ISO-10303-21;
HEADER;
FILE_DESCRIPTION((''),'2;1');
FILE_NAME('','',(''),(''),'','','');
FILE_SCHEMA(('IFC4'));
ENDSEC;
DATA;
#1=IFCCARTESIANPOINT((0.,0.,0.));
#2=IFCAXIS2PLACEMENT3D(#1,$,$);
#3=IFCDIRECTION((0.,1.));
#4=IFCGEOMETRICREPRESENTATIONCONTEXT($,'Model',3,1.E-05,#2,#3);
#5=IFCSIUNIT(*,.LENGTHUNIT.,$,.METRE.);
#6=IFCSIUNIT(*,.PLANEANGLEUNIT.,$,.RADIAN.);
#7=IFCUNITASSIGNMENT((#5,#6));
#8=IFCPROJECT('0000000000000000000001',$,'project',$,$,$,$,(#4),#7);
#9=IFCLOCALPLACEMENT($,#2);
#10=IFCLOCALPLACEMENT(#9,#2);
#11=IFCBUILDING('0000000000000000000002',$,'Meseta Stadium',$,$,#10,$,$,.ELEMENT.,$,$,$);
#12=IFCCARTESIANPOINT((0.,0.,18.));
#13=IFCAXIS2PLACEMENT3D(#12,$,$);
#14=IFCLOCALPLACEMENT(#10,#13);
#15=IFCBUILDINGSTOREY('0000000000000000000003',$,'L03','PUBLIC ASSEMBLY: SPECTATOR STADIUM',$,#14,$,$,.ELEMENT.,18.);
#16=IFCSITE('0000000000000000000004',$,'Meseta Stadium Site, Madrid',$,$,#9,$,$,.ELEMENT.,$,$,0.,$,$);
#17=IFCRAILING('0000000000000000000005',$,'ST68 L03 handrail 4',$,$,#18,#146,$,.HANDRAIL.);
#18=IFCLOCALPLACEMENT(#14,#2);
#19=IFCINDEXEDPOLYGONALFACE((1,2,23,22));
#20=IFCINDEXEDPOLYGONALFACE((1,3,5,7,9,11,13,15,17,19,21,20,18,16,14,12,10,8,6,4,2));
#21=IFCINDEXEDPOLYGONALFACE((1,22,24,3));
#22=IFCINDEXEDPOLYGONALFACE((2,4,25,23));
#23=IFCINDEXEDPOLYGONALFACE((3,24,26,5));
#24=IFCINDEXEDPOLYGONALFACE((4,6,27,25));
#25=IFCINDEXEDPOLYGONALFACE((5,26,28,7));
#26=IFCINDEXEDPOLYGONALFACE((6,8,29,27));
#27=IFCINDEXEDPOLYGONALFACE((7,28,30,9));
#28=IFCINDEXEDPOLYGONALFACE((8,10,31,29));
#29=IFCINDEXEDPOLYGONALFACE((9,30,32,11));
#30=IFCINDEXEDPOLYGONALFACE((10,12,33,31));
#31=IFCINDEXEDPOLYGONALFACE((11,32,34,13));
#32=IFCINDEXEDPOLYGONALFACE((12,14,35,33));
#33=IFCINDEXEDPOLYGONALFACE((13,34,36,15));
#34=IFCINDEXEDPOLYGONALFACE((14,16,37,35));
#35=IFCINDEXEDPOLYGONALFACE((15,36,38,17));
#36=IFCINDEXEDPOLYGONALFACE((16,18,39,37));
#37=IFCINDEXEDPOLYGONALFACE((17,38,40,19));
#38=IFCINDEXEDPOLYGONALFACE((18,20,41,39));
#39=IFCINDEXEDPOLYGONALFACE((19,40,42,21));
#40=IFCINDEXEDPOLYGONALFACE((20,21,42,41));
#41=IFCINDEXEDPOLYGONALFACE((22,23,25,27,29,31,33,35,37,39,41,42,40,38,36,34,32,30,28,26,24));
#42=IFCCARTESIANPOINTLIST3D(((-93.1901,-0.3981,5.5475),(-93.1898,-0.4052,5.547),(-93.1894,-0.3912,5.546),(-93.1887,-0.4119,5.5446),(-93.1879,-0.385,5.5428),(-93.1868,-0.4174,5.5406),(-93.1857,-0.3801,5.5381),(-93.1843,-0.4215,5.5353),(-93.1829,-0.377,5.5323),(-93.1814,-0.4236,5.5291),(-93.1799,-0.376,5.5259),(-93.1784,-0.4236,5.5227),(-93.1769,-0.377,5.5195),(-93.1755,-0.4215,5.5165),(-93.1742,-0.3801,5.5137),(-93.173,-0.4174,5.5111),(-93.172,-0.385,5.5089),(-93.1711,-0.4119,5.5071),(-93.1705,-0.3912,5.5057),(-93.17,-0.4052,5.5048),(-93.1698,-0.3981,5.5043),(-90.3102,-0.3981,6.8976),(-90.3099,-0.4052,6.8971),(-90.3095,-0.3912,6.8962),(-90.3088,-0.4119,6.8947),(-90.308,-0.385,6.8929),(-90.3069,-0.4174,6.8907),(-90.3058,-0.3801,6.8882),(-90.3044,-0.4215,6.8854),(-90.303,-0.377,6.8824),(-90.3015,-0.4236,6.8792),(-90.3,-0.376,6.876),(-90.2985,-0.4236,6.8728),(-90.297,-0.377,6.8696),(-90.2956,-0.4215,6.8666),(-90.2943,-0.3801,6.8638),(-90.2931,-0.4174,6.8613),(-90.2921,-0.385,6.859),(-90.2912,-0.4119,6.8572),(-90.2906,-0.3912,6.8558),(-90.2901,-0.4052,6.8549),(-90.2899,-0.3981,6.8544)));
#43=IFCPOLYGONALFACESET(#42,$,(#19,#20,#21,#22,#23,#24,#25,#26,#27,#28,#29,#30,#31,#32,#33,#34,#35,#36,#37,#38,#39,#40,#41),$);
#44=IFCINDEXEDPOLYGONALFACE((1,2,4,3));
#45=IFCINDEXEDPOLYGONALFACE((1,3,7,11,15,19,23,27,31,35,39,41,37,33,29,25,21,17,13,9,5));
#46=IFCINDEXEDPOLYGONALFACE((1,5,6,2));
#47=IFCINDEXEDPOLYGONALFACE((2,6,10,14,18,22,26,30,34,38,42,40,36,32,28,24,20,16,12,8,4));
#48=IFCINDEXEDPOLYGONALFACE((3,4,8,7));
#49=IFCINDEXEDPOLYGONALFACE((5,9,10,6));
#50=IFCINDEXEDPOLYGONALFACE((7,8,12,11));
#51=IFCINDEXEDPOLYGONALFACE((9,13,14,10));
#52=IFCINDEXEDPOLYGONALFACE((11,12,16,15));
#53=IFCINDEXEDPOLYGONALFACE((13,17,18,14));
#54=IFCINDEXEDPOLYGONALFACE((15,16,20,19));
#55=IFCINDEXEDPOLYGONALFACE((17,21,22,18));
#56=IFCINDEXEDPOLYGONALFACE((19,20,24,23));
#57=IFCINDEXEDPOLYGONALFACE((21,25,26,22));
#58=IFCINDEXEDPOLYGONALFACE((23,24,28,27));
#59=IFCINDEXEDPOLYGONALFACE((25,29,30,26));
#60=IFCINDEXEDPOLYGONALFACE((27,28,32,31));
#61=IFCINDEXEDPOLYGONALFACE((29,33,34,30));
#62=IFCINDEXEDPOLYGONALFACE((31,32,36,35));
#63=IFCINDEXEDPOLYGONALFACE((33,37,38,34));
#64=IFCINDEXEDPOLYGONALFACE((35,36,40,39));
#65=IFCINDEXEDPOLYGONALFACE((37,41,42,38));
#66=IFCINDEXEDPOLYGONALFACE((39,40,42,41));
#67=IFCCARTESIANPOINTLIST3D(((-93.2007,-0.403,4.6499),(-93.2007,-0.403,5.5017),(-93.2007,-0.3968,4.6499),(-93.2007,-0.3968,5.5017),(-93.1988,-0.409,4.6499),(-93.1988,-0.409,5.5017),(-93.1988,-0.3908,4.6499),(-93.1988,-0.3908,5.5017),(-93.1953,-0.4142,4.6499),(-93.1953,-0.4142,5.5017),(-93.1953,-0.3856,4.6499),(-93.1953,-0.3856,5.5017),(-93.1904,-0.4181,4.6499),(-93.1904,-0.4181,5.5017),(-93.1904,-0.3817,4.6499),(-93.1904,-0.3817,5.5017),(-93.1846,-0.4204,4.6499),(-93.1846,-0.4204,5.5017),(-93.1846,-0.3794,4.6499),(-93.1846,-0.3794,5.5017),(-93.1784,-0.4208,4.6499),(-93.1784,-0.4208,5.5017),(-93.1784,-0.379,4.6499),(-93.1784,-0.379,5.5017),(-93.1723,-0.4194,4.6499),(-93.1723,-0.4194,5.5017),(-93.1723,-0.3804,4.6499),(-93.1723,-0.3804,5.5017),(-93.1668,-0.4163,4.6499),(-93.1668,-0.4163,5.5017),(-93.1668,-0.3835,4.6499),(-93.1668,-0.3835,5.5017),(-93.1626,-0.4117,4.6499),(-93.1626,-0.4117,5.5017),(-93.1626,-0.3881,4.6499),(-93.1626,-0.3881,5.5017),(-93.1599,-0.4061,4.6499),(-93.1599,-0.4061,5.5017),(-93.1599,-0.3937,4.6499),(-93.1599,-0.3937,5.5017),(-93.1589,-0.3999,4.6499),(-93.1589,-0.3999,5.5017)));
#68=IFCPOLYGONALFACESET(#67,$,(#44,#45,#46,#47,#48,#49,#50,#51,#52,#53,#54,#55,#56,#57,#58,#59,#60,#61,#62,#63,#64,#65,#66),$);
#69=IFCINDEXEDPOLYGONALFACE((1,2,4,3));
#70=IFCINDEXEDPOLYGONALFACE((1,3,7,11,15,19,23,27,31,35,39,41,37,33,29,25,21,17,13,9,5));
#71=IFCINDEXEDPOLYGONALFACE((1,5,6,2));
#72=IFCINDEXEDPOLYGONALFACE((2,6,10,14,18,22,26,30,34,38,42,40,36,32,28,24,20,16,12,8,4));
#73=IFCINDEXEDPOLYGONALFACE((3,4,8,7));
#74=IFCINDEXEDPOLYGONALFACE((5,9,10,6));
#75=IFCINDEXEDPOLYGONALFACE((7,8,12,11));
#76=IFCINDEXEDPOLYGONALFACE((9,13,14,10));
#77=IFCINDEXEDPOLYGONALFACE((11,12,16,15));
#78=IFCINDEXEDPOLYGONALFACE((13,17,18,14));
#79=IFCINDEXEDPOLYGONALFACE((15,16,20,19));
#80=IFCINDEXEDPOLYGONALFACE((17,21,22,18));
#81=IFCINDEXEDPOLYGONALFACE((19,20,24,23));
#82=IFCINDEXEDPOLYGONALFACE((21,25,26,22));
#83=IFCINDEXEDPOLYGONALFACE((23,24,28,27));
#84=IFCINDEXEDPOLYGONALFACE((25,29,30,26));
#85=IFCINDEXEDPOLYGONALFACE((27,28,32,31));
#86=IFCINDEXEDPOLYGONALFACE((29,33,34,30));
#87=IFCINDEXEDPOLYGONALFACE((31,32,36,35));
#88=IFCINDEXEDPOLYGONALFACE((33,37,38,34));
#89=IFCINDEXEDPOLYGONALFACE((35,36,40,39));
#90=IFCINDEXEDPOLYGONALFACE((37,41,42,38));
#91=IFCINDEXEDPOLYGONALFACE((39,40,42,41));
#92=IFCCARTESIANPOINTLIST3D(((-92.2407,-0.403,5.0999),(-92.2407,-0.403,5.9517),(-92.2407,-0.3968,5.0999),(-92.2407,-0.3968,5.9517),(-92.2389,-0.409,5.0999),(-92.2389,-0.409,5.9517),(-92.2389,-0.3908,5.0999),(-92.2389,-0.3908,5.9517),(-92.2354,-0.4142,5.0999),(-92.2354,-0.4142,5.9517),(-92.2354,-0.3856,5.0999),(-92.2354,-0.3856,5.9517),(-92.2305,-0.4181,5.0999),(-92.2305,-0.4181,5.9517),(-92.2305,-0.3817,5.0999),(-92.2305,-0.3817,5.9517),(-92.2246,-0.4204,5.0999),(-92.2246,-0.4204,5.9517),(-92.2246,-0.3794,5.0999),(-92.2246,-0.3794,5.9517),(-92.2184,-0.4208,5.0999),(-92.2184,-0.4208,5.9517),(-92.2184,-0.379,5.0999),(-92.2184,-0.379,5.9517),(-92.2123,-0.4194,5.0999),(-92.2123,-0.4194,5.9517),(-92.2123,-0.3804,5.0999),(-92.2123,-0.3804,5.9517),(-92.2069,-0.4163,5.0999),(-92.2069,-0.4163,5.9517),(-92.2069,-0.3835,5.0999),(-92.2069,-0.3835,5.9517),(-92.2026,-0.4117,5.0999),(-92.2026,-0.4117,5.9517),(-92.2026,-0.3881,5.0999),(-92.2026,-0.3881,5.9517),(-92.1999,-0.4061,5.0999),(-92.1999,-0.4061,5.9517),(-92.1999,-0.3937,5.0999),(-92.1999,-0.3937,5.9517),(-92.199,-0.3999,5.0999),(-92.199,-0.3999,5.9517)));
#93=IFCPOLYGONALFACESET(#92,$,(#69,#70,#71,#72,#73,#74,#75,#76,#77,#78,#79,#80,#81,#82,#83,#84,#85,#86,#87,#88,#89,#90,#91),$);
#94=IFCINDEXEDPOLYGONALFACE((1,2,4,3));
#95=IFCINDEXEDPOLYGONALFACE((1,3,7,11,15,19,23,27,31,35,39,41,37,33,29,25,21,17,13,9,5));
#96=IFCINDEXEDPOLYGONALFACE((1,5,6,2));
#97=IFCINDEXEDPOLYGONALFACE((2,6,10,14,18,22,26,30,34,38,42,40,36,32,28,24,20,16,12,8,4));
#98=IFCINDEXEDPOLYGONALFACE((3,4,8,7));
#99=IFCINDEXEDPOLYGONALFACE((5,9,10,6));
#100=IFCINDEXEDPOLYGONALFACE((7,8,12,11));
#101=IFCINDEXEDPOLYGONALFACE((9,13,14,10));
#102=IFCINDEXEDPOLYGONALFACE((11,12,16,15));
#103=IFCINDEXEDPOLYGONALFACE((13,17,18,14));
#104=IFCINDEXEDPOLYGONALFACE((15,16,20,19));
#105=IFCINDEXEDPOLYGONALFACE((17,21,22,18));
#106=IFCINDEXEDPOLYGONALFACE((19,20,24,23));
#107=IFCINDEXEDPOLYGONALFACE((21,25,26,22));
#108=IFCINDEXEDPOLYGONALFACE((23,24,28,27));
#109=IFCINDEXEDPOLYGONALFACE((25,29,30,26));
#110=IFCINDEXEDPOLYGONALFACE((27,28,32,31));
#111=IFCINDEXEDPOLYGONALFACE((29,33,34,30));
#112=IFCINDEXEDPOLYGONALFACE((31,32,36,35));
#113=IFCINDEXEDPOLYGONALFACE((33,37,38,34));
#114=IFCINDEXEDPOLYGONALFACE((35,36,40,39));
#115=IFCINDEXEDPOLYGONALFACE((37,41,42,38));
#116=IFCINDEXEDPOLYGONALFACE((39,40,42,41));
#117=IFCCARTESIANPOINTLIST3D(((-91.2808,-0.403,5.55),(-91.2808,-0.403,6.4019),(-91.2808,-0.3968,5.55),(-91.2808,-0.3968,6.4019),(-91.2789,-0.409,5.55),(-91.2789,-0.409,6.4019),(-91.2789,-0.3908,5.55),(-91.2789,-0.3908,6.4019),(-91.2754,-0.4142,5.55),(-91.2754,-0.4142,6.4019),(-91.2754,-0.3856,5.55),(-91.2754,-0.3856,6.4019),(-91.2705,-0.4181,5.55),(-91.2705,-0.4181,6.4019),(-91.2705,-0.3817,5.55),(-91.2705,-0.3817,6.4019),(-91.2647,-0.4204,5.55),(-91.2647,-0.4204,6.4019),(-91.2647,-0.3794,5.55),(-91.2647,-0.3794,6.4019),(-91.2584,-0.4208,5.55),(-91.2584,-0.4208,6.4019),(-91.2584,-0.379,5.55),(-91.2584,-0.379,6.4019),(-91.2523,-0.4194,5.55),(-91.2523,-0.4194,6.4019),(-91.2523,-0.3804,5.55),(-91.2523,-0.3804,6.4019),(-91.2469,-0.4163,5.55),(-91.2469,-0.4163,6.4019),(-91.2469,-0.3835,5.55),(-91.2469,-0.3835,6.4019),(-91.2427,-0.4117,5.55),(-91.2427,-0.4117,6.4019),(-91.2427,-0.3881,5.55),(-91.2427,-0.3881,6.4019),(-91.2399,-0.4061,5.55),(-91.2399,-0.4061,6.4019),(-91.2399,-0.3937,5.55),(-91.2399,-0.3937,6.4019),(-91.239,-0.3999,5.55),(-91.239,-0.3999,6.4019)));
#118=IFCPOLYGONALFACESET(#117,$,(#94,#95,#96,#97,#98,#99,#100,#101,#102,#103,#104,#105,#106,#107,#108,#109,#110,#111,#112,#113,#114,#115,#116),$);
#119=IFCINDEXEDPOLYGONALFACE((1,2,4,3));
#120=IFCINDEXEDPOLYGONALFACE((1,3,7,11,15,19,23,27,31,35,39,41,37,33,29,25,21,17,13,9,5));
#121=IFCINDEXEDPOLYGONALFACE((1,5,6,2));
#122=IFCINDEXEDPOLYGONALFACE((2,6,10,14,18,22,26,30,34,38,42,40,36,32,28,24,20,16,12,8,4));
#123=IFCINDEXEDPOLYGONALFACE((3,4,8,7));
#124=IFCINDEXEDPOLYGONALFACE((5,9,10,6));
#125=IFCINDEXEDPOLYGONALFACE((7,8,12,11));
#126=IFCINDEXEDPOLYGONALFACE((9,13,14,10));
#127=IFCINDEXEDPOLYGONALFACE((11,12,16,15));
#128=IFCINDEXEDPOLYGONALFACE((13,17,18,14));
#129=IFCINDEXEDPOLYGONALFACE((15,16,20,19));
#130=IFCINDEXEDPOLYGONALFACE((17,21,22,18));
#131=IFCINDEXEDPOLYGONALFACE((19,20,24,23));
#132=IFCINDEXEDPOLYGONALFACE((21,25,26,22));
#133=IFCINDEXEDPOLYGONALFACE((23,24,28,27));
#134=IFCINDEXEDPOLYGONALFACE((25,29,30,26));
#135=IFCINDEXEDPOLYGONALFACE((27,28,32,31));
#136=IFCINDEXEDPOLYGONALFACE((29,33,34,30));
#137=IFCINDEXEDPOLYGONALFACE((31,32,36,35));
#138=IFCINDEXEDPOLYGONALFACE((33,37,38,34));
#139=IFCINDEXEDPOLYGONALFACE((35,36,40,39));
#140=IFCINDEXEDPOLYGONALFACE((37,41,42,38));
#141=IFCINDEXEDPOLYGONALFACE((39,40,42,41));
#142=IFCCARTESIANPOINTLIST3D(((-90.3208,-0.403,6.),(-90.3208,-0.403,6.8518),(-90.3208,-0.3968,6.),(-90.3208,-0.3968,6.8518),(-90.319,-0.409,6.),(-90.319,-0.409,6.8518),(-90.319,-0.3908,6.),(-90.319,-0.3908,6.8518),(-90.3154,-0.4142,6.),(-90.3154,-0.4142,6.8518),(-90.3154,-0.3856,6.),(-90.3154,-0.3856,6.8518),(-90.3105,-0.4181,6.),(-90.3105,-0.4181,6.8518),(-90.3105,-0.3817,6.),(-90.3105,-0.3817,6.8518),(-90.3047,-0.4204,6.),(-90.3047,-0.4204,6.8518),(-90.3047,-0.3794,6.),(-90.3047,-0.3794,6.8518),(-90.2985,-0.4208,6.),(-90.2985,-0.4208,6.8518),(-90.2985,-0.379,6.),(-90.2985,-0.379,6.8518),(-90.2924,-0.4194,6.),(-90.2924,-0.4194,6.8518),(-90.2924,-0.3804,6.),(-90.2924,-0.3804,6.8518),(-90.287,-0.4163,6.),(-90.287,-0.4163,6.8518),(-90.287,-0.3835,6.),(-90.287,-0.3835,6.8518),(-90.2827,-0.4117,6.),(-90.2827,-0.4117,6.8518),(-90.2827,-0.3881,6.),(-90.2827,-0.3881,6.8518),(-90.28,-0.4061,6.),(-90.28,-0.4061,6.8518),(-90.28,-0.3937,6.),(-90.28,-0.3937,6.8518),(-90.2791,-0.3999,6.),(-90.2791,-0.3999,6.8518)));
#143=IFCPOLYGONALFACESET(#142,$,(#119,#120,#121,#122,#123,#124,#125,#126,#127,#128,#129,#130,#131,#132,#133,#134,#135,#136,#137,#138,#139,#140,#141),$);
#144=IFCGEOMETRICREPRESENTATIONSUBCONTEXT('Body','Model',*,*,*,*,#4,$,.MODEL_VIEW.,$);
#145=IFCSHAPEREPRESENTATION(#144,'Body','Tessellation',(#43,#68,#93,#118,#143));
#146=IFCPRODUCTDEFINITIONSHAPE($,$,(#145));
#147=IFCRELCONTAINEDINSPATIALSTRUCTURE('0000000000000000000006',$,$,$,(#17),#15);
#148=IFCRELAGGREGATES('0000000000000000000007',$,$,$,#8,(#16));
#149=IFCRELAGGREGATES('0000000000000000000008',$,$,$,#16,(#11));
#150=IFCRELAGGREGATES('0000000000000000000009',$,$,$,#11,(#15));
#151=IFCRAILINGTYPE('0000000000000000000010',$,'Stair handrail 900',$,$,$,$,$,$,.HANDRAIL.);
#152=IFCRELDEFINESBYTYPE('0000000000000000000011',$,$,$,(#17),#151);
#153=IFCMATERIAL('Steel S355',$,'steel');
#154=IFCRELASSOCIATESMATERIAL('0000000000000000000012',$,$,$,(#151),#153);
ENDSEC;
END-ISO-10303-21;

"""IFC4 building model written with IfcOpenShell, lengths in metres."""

from ifc_helpers import new_model, si_unit, direction, frame, origin, origin_2d, place, context, subcontext, project, spatial, circle, extrude, material, type_object, element, save


model = new_model("IFC4")

# Units and contexts
model_context = context("Model", 3, precision=1e-05, world=origin(), true_north=direction((0.0, 1.0)))
body_context = subcontext(model_context, "Body", "Model", "MODEL_VIEW")
ifc_project = project(units=[si_unit("LENGTHUNIT", "METRE"), si_unit("PLANEANGLEUNIT", "RADIAN")], contexts=[model_context])

# Site, building, storey
site_placement = place(None, origin())
site = spatial("IfcSite", under=ifc_project, at=site_placement, Name="Meseta Stadium Site, Madrid", CompositionType="ELEMENT", RefElevation=0.0)
building_placement = place(site_placement, origin())
building = spatial("IfcBuilding", under=site, at=building_placement, Name="Meseta Stadium", CompositionType="ELEMENT")
storey_placement = place(building_placement, frame((0.0, 0.0, 18.0)))
storey = spatial("IfcBuildingStorey", under=building, at=storey_placement, Name="L03", Description="PUBLIC ASSEMBLY: SPECTATOR STADIUM", CompositionType="ELEMENT", Elevation=18.0)

# Railing
ifc_material_1 = material(Name="Steel S355", Category="steel")
railing_type = type_object("IfcRailingType", Name="Stair handrail 900", PredefinedType="HANDRAIL", material=ifc_material_1)
for number, where, name in (
    (1, (-93.1799, -0.3999, 4.6499), "ST68 L03 handrail 4"),
):
    element("IfcRailing", number, at=place(storey_placement, frame(where)), inside=storey, type_object=railing_type, Name=name, PredefinedType="HANDRAIL", context=body_context, shape_type="SweptSolid", body=[
        extrude(circle(Radius=0.0239, at=origin_2d()), frame((0.0, 0.0, 0.876), z_axis=(0.90544, 0.0, 0.424473), x_axis=(0.0, 1.0, 0.0)), (0.0, 0.0, 1.0), 3.1807),
        extrude(circle(Radius=0.021, at=origin_2d()), origin(), (0.0, 0.0, 1.0), 0.8518),
        extrude(circle(Radius=0.021, at=origin_2d()), frame((0.96, 0.0, 0.45)), (0.0, 0.0, 1.0), 0.8518),
        extrude(circle(Radius=0.021, at=origin_2d()), frame((1.9199, 0.0, 0.9001)), (0.0, 0.0, 1.0), 0.8518),
        extrude(circle(Radius=0.021, at=origin_2d()), frame((2.8799, 0.0, 1.3501)), (0.0, 0.0, 1.0), 0.8518),
    ])

save(model, "model.ifc")
